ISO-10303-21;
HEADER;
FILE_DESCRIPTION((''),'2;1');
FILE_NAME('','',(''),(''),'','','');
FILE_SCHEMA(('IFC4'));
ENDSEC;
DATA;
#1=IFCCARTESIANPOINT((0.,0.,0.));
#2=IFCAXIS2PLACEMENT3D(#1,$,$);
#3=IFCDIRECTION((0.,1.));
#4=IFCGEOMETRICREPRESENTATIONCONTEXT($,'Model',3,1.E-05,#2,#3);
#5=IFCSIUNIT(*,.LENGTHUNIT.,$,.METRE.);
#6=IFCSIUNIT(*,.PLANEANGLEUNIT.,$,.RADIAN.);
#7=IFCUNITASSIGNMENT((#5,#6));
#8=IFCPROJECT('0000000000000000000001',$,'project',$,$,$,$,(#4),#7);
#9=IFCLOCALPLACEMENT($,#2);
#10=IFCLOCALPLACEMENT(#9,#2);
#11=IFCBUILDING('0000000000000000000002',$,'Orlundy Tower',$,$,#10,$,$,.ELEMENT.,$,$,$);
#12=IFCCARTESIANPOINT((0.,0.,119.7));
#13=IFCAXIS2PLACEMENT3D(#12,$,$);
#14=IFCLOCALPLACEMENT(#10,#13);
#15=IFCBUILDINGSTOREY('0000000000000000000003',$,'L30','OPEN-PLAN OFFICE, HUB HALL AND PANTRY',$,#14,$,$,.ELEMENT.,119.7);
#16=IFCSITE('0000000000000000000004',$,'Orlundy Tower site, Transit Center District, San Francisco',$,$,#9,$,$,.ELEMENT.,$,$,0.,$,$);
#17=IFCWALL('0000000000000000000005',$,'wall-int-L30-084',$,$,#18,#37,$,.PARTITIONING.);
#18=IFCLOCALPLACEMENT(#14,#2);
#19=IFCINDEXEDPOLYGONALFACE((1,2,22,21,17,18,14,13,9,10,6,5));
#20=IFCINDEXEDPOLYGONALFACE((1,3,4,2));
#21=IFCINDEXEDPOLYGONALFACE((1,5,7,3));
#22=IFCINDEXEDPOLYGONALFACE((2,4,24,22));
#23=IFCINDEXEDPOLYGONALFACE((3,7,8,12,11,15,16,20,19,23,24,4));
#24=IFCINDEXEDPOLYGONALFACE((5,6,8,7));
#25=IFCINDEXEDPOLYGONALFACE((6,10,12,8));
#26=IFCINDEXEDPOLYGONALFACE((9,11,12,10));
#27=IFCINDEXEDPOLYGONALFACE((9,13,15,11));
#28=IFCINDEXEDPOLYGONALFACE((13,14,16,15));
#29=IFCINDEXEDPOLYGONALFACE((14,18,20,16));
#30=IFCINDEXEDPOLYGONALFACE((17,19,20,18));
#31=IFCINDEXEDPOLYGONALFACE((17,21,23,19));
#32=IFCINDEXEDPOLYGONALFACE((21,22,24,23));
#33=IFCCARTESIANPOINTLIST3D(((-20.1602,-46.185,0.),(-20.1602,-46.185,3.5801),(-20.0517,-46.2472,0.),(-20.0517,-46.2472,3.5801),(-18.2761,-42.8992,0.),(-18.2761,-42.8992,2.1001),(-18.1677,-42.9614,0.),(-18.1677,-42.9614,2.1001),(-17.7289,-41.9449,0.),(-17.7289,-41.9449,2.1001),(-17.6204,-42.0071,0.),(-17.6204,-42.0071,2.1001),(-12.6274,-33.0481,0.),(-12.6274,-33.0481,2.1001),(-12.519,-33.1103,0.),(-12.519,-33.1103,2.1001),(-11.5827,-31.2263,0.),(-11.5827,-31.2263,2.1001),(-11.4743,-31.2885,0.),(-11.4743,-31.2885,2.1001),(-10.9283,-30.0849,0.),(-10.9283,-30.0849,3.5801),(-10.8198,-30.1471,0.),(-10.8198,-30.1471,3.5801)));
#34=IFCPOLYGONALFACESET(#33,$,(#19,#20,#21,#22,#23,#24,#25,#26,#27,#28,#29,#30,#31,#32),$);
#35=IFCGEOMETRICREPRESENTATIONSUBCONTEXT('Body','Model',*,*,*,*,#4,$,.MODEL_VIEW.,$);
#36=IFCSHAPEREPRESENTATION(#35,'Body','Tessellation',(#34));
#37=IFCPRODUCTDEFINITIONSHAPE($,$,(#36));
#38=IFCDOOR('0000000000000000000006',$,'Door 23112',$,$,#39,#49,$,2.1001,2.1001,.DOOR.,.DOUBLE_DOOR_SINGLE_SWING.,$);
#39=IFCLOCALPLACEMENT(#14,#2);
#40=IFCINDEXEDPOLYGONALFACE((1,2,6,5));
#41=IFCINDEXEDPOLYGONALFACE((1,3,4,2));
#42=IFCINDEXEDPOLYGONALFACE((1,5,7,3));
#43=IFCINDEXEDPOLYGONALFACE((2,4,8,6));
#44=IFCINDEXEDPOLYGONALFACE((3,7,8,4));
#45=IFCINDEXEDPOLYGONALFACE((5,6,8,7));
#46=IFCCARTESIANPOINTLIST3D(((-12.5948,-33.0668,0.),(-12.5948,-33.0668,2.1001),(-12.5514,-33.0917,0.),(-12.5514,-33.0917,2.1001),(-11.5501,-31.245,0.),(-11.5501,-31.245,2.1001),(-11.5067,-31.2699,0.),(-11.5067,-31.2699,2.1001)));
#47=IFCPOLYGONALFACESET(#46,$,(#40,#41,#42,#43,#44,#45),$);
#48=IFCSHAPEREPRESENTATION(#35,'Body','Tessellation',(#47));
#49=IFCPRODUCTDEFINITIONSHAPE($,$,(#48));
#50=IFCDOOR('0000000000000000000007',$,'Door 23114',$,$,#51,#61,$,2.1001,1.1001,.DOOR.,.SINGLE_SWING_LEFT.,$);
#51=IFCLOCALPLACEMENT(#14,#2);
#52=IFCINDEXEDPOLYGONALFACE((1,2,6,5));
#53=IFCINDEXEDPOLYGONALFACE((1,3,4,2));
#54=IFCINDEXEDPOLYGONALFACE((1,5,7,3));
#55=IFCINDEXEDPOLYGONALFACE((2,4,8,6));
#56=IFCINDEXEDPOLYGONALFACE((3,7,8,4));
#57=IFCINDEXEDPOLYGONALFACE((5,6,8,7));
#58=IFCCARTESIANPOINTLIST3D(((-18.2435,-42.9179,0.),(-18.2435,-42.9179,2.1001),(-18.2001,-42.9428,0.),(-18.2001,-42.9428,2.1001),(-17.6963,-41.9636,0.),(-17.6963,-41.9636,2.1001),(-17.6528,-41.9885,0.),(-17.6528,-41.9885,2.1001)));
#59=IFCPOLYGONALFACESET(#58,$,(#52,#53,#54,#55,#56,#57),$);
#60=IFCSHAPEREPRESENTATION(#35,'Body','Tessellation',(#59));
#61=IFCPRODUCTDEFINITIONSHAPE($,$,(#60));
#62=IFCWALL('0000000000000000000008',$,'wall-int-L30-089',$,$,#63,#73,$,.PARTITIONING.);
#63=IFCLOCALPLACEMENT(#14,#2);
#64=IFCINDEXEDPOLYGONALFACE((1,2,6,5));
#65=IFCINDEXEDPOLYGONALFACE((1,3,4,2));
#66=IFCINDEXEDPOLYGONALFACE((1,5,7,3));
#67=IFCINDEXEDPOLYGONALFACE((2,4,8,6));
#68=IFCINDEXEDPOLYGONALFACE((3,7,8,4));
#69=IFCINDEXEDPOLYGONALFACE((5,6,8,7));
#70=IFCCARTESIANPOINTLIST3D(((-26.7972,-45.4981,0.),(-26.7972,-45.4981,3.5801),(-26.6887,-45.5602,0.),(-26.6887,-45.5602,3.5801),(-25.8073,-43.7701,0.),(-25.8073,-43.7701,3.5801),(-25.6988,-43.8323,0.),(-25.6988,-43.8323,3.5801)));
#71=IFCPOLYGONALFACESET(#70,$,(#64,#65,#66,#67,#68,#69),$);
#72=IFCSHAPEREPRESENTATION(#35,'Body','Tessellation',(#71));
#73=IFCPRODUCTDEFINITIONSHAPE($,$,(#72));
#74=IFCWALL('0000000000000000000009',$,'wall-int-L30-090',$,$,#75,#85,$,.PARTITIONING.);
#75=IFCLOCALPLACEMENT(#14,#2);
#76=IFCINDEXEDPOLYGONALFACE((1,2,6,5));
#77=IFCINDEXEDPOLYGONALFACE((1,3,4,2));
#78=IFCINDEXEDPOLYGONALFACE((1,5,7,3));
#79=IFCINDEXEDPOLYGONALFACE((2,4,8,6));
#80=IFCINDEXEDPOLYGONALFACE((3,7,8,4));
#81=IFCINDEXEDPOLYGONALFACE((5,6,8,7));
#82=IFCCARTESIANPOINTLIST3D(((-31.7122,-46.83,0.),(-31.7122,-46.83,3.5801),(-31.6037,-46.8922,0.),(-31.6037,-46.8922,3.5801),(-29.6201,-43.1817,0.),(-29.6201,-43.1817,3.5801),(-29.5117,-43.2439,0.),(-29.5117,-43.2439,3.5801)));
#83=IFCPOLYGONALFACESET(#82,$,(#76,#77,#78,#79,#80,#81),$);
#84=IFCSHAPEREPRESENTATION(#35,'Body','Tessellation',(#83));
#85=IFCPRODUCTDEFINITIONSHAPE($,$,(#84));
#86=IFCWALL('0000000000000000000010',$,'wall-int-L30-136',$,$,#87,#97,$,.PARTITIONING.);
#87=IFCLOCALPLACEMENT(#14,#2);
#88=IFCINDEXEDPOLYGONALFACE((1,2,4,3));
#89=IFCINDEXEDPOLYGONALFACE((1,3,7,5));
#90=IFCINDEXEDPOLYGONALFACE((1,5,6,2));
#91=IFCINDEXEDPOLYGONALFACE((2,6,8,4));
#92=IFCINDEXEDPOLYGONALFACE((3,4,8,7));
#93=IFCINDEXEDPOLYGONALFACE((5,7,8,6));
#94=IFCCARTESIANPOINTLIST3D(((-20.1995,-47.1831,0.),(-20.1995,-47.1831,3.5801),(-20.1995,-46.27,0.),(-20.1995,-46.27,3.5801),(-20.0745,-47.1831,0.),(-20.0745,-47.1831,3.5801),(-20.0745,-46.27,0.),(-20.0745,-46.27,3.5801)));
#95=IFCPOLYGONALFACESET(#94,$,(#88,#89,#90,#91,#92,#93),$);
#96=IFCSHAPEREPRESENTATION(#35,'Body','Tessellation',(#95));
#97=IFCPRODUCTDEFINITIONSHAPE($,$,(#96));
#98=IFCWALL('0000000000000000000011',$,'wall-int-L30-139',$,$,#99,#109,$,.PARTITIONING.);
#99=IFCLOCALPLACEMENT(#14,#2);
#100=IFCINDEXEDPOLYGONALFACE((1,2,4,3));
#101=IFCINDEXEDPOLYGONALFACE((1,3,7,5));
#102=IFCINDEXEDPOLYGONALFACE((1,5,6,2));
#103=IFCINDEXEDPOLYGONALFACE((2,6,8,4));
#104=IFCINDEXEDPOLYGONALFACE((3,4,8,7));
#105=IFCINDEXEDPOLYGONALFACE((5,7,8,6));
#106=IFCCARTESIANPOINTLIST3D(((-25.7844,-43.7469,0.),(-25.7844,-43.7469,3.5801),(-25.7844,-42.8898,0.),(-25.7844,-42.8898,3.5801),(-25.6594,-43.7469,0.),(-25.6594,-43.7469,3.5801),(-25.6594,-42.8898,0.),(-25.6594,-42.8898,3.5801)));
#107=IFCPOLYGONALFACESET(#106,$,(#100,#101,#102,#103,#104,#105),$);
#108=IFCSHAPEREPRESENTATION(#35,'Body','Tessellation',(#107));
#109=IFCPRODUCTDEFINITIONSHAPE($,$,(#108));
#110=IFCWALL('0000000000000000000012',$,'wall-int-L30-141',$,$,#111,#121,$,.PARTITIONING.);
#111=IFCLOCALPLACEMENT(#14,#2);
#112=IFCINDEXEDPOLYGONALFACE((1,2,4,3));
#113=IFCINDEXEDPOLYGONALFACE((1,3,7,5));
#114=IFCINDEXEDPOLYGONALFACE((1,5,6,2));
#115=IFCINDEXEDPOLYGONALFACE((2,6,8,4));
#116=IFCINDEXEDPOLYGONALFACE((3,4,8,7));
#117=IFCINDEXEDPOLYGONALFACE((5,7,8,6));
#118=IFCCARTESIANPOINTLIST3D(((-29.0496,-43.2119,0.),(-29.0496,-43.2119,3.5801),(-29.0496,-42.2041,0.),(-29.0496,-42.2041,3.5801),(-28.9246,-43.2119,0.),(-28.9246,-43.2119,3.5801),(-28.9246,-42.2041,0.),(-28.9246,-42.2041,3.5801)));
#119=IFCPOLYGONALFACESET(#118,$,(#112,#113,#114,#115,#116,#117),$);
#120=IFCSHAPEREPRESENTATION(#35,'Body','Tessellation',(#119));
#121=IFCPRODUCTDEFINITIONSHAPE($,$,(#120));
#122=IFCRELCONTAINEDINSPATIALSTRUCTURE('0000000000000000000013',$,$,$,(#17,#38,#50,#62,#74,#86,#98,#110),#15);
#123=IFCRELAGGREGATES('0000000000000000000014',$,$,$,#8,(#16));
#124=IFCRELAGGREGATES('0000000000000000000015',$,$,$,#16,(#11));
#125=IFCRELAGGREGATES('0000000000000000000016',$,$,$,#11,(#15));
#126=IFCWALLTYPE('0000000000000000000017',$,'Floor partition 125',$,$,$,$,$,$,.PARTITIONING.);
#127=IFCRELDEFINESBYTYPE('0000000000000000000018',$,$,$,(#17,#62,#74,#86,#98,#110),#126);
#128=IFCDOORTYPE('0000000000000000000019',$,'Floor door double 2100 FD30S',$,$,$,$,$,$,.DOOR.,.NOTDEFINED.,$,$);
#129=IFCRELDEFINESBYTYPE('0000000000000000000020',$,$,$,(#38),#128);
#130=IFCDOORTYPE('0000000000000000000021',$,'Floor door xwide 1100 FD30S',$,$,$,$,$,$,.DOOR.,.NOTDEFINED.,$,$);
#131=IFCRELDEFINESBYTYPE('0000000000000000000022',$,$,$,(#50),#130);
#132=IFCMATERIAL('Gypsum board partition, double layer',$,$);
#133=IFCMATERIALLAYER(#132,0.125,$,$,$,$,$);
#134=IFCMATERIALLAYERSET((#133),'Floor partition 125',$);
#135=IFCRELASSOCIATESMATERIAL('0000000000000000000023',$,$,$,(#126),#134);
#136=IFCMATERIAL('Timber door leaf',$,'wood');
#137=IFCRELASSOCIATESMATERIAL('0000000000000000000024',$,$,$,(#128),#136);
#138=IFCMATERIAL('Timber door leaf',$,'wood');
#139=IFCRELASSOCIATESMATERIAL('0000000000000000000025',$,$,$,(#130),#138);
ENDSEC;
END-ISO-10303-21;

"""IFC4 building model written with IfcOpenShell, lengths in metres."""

from ifc_helpers import new_model, si_unit, direction, frame, frame_2d, origin, place, context, subcontext, project, spatial, rectangle, extrude, material, layer, layer_set, type_object, element, fill, save


model = new_model("IFC4")

# Units and contexts
model_context = context("Model", 3, precision=1e-05, world=origin(), true_north=direction((0.0, 1.0)))
body_context = subcontext(model_context, "Body", "Model", "MODEL_VIEW")
ifc_project = project(units=[si_unit("LENGTHUNIT", "METRE"), si_unit("PLANEANGLEUNIT", "RADIAN")], contexts=[model_context])

# Site, building, storey
site_placement = place(None, origin())
site = spatial("IfcSite", under=ifc_project, at=site_placement, Name="Orlundy Tower site, Transit Center District, San Francisco", CompositionType="ELEMENT", RefElevation=0.0)
building_placement = place(site_placement, origin())
building = spatial("IfcBuilding", under=site, at=building_placement, Name="Orlundy Tower", CompositionType="ELEMENT")
storey_placement = place(building_placement, frame((0.0, 0.0, 119.7)))
storey = spatial("IfcBuildingStorey", under=building, at=storey_placement, Name="L30", Description="OPEN-PLAN OFFICE, HUB HALL AND PANTRY", CompositionType="ELEMENT", Elevation=119.7)

# Shared definitions
ifc_material_1 = material(Name="Gypsum board partition, double layer")
ifc_layer_1 = layer(ifc_material_1, 0.125)
ifc_layer_set_1 = layer_set([ifc_layer_1], Name="Floor partition 125")
wall_type_1 = type_object("IfcWallType", Name="Floor partition 125", PredefinedType="PARTITIONING", material=ifc_layer_set_1)

# Wall, openings, doors
wall_1_placement = place(storey_placement, frame((-20.106, -46.2161, 0.0), z_axis=(0.0, 0.0, 1.0), x_axis=(0.497433, 0.867502, 0.0)))
wall_1 = element("IfcWall", 1, at=wall_1_placement, inside=storey, type_object=wall_type_1, Name="wall-int-L30-084", PredefinedType="PARTITIONING", context=body_context, shape_type="SweptSolid", body=[
    extrude(rectangle(XDim=18.5591, YDim=0.125, at=frame_2d((9.2795, 0.0))), origin(), (0.0, 0.0, 1.0), 3.5801),
])
opening_1_placement = place(wall_1_placement, frame((15.1433, 0.0, 0.0)))
opening_1 = element("IfcOpeningElement", 2, at=opening_1_placement, cuts=wall_1, PredefinedType="OPENING", context=body_context, shape_type="SweptSolid", body=[
    extrude(rectangle(XDim=2.1001, YDim=2.1001, at=frame_2d((1.05, 1.05))), frame((0.0, 0.0725, 0.0), z_axis=(0.0, -1.0, 0.0), x_axis=(1.0, 0.0, 0.0)), (0.0, 0.0, 1.0), 0.145),
])
opening_2_placement = place(wall_1_placement, frame((3.7876, 0.0, 0.0)))
opening_2 = element("IfcOpeningElement", 3, at=opening_2_placement, cuts=wall_1, PredefinedType="OPENING", context=body_context, shape_type="SweptSolid", body=[
    extrude(rectangle(XDim=1.1001, YDim=2.1001, at=frame_2d((0.55, 1.05))), frame((0.0, 0.0725, 0.0), z_axis=(0.0, -1.0, 0.0), x_axis=(1.0, 0.0, 0.0)), (0.0, 0.0, 1.0), 0.145),
])
ifc_material_2 = material(Name="Timber door leaf", Category="wood")
door_type_1 = type_object("IfcDoorType", Name="Floor door double 2100 FD30S", OperationType="NOTDEFINED", PredefinedType="DOOR", material=ifc_material_2)
door_1_placement = place(opening_1_placement, origin())
door_1 = element("IfcDoor", 4, at=door_1_placement, inside=storey, type_object=door_type_1, Name="Door 23112", OperationType="DOUBLE_DOOR_SINGLE_SWING", OverallHeight=2.1001, OverallWidth=2.1001, PredefinedType="DOOR", context=body_context, shape_type="SweptSolid", body=[
    extrude(rectangle(XDim=2.1001, YDim=2.1001, at=frame_2d((1.05, 1.05))), frame((0.0, 0.0249, 0.0), z_axis=(0.0, -1.0, 0.0), x_axis=(1.0, 0.0, 0.0)), (0.0, 0.0, 1.0), 0.05),
])
fill(opening_1, door_1)
ifc_material_3 = material(Name="Timber door leaf", Category="wood")
door_type_2 = type_object("IfcDoorType", Name="Floor door xwide 1100 FD30S", OperationType="NOTDEFINED", PredefinedType="DOOR", material=ifc_material_3)
door_2_placement = place(opening_2_placement, origin())
door_2 = element("IfcDoor", 5, at=door_2_placement, inside=storey, type_object=door_type_2, Name="Door 23114", OperationType="SINGLE_SWING_LEFT", OverallHeight=2.1001, OverallWidth=1.1001, PredefinedType="DOOR", context=body_context, shape_type="SweptSolid", body=[
    extrude(rectangle(XDim=1.1001, YDim=2.1001, at=frame_2d((0.55, 1.05))), frame((0.0, 0.0249, 0.0), z_axis=(0.0, -1.0, 0.0), x_axis=(1.0, 0.0, 0.0)), (0.0, 0.0, 1.0), 0.05),
])
fill(opening_2, door_2)

# Walls
wall_2_placement = place(storey_placement, frame((-26.7429, -45.5291, 0.0), z_axis=(0.0, 0.0, 1.0), x_axis=(0.497102, 0.867692, 0.0)))
element("IfcWall", 6, at=wall_2_placement, inside=storey, type_object=wall_type_1, Name="wall-int-L30-089", PredefinedType="PARTITIONING", context=body_context, shape_type="SweptSolid", body=[
    extrude(rectangle(XDim=1.9915, YDim=0.125, at=frame_2d((0.9956, 0.0))), origin(), (0.0, 0.0, 1.0), 3.5801),
])
wall_3_placement = place(storey_placement, frame((-31.658, -46.8611, 0.0), z_axis=(0.0, 0.0, 1.0), x_axis=(0.497458, 0.867488, 0.0)))
element("IfcWall", 7, at=wall_3_placement, inside=storey, type_object=wall_type_1, Name="wall-int-L30-090", PredefinedType="PARTITIONING", context=body_context, shape_type="SweptSolid", body=[
    extrude(rectangle(XDim=4.2056, YDim=0.125, at=frame_2d((2.1028, 0.0))), origin(), (0.0, 0.0, 1.0), 3.5801),
])
wall_4_placement = place(storey_placement, frame((-20.137, -47.1831, 0.0), z_axis=(0.0, 0.0, 1.0), x_axis=(0.0, 1.0, 0.0)))
element("IfcWall", 8, at=wall_4_placement, inside=storey, type_object=wall_type_1, Name="wall-int-L30-136", PredefinedType="PARTITIONING", context=body_context, shape_type="SweptSolid", body=[
    extrude(rectangle(XDim=0.9131, YDim=0.125, at=frame_2d((0.4565, 0.0))), origin(), (0.0, 0.0, 1.0), 3.5801),
])
wall_5_placement = place(storey_placement, frame((-25.7219, -43.7471, 0.0), z_axis=(0.0, 0.0, 1.0), x_axis=(0.0, 1.0, 0.0)))
element("IfcWall", 9, at=wall_5_placement, inside=storey, type_object=wall_type_1, Name="wall-int-L30-139", PredefinedType="PARTITIONING", context=body_context, shape_type="SweptSolid", body=[
    extrude(rectangle(XDim=0.8572, YDim=0.125, at=frame_2d((0.4287, 0.0))), origin(), (0.0, 0.0, 1.0), 3.5801),
])
wall_6_placement = place(storey_placement, frame((-28.9871, -43.2119, 0.0), z_axis=(0.0, 0.0, 1.0), x_axis=(0.0, 1.0, 0.0)))
element("IfcWall", 10, at=wall_6_placement, inside=storey, type_object=wall_type_1, Name="wall-int-L30-141", PredefinedType="PARTITIONING", context=body_context, shape_type="SweptSolid", body=[
    extrude(rectangle(XDim=1.0078, YDim=0.125, at=frame_2d((0.5039, 0.0))), origin(), (0.0, 0.0, 1.0), 3.5801),
])

save(model, "model.ifc")
